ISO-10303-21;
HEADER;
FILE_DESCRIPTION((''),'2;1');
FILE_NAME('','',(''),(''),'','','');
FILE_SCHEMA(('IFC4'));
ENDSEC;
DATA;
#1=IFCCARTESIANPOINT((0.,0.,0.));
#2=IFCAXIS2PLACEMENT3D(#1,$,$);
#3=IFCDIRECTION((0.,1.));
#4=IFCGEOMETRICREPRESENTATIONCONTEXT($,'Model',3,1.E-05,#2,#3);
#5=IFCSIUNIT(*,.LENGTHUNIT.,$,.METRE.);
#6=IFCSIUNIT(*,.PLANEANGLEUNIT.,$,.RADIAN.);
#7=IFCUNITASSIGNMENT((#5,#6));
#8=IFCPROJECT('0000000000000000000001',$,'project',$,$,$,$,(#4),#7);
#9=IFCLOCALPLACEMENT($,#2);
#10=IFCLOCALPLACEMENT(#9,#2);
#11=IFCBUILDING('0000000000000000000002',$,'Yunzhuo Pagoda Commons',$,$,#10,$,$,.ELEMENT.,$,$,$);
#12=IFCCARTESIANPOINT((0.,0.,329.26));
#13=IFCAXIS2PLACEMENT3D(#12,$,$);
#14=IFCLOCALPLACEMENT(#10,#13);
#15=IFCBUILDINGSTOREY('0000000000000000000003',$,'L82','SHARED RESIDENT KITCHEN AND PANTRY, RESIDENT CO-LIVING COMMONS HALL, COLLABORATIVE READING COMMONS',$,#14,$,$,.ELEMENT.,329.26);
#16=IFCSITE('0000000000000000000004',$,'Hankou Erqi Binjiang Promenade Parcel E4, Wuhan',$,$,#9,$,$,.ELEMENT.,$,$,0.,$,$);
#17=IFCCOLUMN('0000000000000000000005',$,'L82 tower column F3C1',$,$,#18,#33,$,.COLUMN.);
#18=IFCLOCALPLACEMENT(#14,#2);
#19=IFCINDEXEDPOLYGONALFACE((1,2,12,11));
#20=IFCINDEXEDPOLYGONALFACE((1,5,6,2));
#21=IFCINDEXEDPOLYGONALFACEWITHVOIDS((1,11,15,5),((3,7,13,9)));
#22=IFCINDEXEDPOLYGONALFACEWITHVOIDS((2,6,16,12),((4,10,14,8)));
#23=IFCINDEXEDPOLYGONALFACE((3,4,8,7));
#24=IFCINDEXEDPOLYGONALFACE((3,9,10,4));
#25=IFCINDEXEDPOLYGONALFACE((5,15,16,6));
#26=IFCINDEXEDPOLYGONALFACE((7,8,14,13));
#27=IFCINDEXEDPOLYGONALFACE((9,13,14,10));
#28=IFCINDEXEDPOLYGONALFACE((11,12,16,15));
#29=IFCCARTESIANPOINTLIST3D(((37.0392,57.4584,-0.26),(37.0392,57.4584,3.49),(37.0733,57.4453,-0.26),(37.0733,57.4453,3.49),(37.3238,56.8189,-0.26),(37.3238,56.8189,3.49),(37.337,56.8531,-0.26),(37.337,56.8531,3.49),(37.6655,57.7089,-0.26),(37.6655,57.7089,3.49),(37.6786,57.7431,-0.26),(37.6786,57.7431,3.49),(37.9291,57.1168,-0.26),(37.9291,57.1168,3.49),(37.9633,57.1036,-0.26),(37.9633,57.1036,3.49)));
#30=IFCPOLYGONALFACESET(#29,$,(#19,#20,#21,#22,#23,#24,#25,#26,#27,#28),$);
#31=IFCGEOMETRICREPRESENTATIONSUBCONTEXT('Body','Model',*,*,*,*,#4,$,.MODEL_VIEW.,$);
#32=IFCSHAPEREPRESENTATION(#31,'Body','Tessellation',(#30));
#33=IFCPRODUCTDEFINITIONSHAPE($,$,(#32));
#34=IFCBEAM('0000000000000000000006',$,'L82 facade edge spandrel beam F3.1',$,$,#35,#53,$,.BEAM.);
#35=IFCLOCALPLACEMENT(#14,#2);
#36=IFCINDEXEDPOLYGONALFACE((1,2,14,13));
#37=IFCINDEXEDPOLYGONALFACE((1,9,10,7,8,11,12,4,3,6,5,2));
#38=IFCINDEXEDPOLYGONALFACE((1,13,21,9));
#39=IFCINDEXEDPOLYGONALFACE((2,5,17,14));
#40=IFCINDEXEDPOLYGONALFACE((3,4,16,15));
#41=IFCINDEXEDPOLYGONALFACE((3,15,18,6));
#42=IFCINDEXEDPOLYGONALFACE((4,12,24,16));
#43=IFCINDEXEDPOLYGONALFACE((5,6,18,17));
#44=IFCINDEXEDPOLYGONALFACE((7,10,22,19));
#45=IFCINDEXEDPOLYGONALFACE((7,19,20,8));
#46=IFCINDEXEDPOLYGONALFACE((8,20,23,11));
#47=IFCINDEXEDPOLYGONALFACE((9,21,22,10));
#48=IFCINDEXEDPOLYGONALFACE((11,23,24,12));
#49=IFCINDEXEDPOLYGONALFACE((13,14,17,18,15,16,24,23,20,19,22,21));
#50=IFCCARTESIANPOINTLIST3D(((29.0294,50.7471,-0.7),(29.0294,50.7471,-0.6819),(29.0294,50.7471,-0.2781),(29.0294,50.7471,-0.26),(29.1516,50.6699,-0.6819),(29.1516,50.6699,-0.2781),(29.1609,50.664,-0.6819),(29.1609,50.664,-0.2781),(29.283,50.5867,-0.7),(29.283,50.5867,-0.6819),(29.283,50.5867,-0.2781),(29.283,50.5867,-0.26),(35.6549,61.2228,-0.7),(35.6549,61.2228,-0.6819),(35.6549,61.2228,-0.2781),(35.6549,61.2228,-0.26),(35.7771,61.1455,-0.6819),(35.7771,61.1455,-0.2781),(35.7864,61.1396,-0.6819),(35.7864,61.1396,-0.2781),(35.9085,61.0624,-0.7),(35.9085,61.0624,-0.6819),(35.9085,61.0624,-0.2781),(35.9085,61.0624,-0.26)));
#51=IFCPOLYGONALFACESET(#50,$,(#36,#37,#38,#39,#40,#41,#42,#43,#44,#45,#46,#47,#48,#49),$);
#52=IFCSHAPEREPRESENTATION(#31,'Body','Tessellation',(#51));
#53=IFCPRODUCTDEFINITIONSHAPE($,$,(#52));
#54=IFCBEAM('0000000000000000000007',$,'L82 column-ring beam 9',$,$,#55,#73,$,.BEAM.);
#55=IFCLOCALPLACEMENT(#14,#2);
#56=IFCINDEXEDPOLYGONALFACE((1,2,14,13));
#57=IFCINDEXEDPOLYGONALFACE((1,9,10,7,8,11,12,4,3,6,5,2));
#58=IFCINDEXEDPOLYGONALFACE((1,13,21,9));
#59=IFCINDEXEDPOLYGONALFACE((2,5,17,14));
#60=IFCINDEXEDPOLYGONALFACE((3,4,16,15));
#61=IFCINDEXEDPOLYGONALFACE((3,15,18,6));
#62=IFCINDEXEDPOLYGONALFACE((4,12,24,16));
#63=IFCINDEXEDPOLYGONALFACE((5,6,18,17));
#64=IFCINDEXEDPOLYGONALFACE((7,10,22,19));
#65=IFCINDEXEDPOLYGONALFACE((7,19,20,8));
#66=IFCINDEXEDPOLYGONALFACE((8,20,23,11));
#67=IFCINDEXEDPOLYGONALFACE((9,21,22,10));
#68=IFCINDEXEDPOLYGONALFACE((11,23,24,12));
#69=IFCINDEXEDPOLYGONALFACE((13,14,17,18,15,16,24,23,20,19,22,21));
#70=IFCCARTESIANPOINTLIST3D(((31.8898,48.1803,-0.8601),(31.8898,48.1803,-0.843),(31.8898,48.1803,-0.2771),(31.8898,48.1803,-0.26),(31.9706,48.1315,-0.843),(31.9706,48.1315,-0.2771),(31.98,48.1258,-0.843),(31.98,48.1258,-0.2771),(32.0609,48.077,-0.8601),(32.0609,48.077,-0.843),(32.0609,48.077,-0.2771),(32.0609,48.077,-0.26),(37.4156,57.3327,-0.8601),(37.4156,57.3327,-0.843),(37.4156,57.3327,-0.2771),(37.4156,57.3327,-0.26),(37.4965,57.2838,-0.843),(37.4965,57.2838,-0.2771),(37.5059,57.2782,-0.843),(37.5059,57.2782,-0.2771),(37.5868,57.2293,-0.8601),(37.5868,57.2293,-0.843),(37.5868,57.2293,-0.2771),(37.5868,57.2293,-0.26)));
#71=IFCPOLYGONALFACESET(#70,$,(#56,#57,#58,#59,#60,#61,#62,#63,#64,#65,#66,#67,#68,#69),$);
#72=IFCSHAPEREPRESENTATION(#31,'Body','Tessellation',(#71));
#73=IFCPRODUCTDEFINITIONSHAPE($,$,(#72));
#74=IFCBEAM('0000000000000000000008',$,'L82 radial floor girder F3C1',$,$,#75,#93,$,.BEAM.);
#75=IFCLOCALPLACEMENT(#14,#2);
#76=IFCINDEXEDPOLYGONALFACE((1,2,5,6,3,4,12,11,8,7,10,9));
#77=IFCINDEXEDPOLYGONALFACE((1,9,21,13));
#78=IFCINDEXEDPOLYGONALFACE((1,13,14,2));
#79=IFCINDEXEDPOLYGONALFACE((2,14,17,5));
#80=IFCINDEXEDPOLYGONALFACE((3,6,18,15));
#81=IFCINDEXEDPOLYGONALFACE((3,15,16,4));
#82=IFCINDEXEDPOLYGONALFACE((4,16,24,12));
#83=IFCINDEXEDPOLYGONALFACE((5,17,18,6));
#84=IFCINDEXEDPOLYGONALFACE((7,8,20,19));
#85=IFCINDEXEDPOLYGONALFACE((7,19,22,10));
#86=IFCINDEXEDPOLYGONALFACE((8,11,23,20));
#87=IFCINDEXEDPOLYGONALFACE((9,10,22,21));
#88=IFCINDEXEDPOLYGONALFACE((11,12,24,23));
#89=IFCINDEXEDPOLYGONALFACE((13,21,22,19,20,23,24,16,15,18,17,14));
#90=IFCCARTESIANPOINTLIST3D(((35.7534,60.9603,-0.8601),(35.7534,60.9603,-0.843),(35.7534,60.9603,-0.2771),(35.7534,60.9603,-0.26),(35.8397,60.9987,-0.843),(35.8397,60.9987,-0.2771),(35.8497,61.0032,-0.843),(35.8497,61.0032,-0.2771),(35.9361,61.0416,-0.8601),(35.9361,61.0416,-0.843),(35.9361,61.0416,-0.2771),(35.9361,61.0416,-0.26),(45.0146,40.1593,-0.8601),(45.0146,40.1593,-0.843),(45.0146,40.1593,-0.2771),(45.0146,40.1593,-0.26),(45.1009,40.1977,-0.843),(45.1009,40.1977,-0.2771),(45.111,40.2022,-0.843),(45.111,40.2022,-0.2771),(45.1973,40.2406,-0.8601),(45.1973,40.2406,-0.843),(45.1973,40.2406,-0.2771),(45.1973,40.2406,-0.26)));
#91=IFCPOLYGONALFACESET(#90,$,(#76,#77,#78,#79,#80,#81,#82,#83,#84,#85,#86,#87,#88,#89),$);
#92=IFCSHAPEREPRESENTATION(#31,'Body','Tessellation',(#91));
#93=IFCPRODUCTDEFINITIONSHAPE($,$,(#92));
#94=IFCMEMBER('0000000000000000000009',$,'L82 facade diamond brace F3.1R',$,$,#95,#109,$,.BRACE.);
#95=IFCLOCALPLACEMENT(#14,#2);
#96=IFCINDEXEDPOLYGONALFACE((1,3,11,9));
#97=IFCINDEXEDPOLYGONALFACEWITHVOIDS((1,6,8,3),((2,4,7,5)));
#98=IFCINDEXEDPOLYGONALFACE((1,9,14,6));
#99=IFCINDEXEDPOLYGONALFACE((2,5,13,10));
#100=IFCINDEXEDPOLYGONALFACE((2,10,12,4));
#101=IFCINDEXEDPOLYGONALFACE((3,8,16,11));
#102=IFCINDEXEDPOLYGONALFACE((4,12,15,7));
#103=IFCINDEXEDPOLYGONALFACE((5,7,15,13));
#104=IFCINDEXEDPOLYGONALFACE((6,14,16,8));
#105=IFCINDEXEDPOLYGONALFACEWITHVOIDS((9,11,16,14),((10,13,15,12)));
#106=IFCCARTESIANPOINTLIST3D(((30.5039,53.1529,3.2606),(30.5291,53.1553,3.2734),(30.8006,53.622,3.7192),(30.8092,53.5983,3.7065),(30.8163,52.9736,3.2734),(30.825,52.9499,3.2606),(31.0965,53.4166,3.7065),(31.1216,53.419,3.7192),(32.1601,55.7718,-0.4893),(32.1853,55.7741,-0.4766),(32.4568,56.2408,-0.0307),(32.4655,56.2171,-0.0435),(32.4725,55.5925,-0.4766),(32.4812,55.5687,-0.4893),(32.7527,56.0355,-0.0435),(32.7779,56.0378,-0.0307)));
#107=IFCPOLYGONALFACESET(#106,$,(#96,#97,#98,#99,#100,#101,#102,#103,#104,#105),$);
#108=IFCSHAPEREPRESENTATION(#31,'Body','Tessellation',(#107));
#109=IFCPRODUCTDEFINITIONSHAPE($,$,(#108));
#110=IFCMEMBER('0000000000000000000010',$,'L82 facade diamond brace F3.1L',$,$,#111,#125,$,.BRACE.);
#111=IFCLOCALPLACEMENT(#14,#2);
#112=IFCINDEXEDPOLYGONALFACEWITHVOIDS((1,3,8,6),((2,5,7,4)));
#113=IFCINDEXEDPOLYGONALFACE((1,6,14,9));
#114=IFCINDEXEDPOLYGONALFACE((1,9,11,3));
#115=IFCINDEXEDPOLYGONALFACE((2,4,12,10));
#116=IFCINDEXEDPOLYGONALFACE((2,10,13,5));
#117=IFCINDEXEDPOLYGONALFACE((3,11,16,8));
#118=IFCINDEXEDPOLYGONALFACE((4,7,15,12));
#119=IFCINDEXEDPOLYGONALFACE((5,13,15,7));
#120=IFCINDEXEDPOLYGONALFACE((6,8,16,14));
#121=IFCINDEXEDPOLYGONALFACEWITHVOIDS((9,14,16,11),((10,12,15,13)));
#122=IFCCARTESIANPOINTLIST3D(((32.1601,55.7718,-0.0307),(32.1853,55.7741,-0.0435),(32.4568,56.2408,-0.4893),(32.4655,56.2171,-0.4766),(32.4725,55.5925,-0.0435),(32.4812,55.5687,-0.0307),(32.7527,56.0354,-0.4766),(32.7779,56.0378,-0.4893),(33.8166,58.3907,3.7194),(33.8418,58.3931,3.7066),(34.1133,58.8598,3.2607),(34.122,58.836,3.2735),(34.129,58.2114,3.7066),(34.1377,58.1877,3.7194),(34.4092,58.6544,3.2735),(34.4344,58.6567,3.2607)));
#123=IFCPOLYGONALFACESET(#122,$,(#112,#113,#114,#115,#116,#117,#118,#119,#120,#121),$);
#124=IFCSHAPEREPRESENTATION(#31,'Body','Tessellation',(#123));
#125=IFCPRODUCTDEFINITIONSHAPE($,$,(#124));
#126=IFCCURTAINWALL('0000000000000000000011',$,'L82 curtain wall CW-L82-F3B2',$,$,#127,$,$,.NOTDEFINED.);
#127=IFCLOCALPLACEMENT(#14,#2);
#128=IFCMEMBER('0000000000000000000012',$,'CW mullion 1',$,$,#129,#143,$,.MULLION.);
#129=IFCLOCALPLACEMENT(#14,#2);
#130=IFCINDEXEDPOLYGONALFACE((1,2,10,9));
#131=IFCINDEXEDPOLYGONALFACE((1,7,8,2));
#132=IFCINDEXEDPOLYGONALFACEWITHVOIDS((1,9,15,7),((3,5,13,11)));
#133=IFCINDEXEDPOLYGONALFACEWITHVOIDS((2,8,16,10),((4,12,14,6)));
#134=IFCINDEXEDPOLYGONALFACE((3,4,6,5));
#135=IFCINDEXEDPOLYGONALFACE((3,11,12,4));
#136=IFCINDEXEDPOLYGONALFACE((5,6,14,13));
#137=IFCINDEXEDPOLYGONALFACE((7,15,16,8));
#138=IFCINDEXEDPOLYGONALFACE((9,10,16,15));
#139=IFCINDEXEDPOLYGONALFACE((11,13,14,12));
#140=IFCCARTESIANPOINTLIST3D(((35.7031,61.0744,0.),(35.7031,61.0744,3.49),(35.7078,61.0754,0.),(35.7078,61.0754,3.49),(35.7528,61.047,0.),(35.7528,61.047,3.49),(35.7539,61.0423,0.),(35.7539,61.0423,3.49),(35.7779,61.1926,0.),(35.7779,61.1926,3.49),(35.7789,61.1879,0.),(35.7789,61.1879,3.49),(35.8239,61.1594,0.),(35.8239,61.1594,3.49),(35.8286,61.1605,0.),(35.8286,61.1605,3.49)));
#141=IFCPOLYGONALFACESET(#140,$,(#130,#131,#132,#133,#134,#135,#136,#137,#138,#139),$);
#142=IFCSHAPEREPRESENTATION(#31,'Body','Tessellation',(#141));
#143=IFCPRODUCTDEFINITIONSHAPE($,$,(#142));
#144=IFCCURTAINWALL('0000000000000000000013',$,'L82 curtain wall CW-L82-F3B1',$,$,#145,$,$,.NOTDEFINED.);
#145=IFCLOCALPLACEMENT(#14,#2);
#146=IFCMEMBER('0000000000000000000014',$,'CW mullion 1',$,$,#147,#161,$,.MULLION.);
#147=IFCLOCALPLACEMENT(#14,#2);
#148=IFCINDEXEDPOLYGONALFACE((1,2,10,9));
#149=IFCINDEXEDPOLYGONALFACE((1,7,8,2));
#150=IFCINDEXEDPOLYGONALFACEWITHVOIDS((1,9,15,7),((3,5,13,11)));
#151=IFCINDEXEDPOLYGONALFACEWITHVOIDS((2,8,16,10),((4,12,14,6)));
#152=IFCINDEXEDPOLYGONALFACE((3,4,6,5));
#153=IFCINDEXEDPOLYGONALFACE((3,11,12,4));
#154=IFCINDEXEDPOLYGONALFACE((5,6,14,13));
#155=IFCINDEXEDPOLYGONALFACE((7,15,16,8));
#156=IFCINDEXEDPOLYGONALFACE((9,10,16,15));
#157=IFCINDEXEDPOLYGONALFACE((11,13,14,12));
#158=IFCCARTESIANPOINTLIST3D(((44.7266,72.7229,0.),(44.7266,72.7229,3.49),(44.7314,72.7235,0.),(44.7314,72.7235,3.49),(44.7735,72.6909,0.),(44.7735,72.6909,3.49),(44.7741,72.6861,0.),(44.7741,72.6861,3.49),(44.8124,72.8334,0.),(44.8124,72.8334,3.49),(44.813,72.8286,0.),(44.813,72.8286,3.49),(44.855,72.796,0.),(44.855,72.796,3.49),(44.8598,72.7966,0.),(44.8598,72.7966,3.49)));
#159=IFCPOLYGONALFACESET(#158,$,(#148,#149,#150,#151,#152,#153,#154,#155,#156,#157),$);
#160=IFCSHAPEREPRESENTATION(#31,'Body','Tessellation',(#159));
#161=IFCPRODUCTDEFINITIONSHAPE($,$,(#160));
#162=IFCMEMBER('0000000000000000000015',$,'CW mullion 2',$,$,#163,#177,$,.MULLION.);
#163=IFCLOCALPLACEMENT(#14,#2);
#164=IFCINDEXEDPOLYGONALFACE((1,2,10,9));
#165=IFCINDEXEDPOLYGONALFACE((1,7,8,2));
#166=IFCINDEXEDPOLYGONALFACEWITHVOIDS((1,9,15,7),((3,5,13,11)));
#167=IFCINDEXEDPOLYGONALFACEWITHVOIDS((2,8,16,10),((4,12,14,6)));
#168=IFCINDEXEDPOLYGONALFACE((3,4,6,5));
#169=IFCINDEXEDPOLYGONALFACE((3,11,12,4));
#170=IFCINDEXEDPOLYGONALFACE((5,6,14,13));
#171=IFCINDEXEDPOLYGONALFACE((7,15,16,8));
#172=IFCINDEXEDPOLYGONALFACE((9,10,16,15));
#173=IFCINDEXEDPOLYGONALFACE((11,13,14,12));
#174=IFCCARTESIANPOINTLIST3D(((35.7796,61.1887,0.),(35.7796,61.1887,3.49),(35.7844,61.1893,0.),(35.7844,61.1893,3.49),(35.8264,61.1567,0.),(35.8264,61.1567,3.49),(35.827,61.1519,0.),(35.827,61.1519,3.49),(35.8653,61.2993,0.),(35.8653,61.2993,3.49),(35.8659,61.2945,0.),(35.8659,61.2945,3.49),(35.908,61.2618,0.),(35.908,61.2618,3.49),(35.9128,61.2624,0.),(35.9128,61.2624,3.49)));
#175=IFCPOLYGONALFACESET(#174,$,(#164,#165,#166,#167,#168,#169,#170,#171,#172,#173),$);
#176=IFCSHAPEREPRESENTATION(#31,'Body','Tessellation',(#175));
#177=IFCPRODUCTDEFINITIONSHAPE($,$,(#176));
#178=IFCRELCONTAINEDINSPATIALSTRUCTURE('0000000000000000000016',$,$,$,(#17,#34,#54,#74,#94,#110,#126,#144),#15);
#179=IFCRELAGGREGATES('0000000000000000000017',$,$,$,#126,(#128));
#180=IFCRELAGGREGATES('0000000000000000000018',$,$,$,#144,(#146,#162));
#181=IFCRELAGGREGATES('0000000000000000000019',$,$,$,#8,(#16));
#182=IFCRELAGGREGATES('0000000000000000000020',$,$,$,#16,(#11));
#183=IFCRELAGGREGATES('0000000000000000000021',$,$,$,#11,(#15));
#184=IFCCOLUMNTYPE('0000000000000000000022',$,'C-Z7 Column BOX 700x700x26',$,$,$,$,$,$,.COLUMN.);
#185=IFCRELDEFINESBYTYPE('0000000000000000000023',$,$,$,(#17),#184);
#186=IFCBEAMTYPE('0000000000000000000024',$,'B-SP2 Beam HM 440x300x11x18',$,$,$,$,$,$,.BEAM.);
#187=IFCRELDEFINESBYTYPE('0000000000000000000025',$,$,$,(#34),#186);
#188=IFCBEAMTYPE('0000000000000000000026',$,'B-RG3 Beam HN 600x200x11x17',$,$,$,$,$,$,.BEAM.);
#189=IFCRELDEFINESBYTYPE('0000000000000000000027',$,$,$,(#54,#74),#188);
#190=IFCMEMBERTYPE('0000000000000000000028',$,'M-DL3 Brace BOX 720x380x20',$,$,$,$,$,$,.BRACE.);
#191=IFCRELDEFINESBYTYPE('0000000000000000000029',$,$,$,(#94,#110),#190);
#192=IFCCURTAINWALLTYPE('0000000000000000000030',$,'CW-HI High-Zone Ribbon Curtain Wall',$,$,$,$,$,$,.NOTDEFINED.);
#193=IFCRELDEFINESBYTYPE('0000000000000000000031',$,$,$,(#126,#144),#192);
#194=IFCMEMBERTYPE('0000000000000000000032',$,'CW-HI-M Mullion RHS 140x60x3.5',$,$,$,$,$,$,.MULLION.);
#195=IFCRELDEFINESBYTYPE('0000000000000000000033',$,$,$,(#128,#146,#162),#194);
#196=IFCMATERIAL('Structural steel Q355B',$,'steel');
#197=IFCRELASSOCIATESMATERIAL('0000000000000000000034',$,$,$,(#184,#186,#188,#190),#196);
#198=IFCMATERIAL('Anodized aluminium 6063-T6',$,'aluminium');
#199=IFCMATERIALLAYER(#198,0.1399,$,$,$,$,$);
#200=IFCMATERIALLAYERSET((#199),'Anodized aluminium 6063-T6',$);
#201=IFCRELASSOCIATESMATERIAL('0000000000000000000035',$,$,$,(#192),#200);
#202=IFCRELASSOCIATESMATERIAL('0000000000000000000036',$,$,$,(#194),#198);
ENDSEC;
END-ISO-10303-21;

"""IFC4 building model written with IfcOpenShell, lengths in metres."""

from ifc_helpers import new_model, si_unit, direction, frame, origin, origin_2d, place, context, subcontext, project, spatial, hollow_rectangle, i_section, extrude, source, transform, mapped, material, layer, layer_set, material_profile, profile_set, type_object, element, aggregate, save


model = new_model("IFC4")

# Units and contexts
model_context = context("Model", 3, precision=1e-05, world=origin(), true_north=direction((0.0, 1.0)))
body_context = subcontext(model_context, "Body", "Model", "MODEL_VIEW")
ifc_project = project(units=[si_unit("LENGTHUNIT", "METRE"), si_unit("PLANEANGLEUNIT", "RADIAN")], contexts=[model_context])

# Site, building, storey
site_placement = place(None, origin())
site = spatial("IfcSite", under=ifc_project, at=site_placement, Name="Hankou Erqi Binjiang Promenade Parcel E4, Wuhan", CompositionType="ELEMENT", RefElevation=0.0)
building_placement = place(site_placement, origin())
building = spatial("IfcBuilding", under=site, at=building_placement, Name="Yunzhuo Pagoda Commons", CompositionType="ELEMENT")
storey_placement = place(building_placement, frame((0.0, 0.0, 329.26)))
storey = spatial("IfcBuildingStorey", under=building, at=storey_placement, Name="L82", Description="SHARED RESIDENT KITCHEN AND PANTRY, RESIDENT CO-LIVING COMMONS HALL, COLLABORATIVE READING COMMONS", CompositionType="ELEMENT", Elevation=329.26)

# Column
ifc_material_1 = material(Name="Structural steel Q355B", Category="steel")
ifc_material_profile_1 = material_profile(ifc_material_1, hollow_rectangle(XDim=0.7, YDim=0.7, WallThickness=0.0259, at=origin_2d()), Name="Structural steel Q355B")
ifc_profile_set_1 = profile_set([ifc_material_profile_1], Name="Structural steel Q355B")
column_type = type_object("IfcColumnType", Name="C-Z7 Column BOX 700x700x26", PredefinedType="COLUMN", material=ifc_profile_set_1)
shared_shape_1 = source(origin(), body_context, "Body", "SweptSolid", [
    extrude(hollow_rectangle(XDim=0.7, YDim=0.7, WallThickness=0.0259, at=origin_2d()), origin(), (0.0, 0.0, 1.0), 3.75),
])
column_placement = place(storey_placement, frame((37.5012, 57.281, -0.26), z_axis=(0.0, 0.0, 1.0), x_axis=(-0.913545, -0.406737, 0.0)))
element("IfcColumn", 1, at=column_placement, inside=storey, type_object=column_type, Name="L82 tower column F3C1", PredefinedType="COLUMN", context=body_context, shape_type="MappedRepresentation", body=[
    mapped(shared_shape_1, transform((0.0, 0.0, 0.0), scale=1.0)),
])

# Beams
ifc_material_profile_2 = material_profile(ifc_material_1, i_section(OverallWidth=0.3, OverallDepth=0.4399, WebThickness=0.011, FlangeThickness=0.0181, at=origin_2d()), Name="Structural steel Q355B")
ifc_profile_set_2 = profile_set([ifc_material_profile_2], Name="Structural steel Q355B")
beam_type_1 = type_object("IfcBeamType", Name="B-SP2 Beam HM 440x300x11x18", PredefinedType="BEAM", material=ifc_profile_set_2)
shared_shape_2 = source(origin(), body_context, "Body", "SweptSolid", [
    extrude(i_section(OverallWidth=0.3, OverallDepth=0.4399, WebThickness=0.011, FlangeThickness=0.0181, at=origin_2d()), origin(), (0.0, 0.0, 1.0), 12.395),
])
beam_1_placement = place(storey_placement, frame((35.7817, 61.1426, -0.48), z_axis=(-0.534531, -0.845149, 0.0), x_axis=(0.845149, -0.534531, 0.0)))
element("IfcBeam", 2, at=beam_1_placement, inside=storey, type_object=beam_type_1, Name="L82 facade edge spandrel beam F3.1", PredefinedType="BEAM", context=body_context, shape_type="MappedRepresentation", body=[
    mapped(shared_shape_2, transform((0.0, 0.0, 0.0), scale=1.0)),
])
ifc_material_profile_3 = material_profile(ifc_material_1, i_section(OverallWidth=0.2, OverallDepth=0.6001, WebThickness=0.011, FlangeThickness=0.0171, at=origin_2d()), Name="Structural steel Q355B")
ifc_profile_set_3 = profile_set([ifc_material_profile_3], Name="Structural steel Q355B")
beam_type_2 = type_object("IfcBeamType", Name="B-RG3 Beam HN 600x200x11x17", PredefinedType="BEAM", material=ifc_profile_set_3)
shared_shape_3 = source(origin(), body_context, "Body", "SweptSolid", [
    extrude(i_section(OverallWidth=0.2, OverallDepth=0.6001, WebThickness=0.011, FlangeThickness=0.0171, at=origin_2d()), origin(), (0.0, 0.0, 1.0), 10.6912),
])
beam_2_placement = place(storey_placement, frame((37.5012, 57.281, -0.5601), z_axis=(-0.516865, -0.856067, 0.0), x_axis=(0.856067, -0.516865, 0.0)))
element("IfcBeam", 3, at=beam_2_placement, inside=storey, type_object=beam_type_2, Name="L82 column-ring beam 9", PredefinedType="BEAM", context=body_context, shape_type="MappedRepresentation", body=[
    mapped(shared_shape_3, transform((0.0, 0.0, 0.0), scale=1.0)),
])
shared_shape_4 = source(origin(), body_context, "Body", "SweptSolid", [
    extrude(i_section(OverallWidth=0.2, OverallDepth=0.6001, WebThickness=0.011, FlangeThickness=0.0171, at=origin_2d()), origin(), (0.0, 0.0, 1.0), 22.7695),
])
beam_3_placement = place(storey_placement, frame((35.8447, 61.001, -0.5601), z_axis=(0.406737, -0.913545, 0.0), x_axis=(0.913545, 0.406737, 0.0)))
element("IfcBeam", 4, at=beam_3_placement, inside=storey, type_object=beam_type_2, Name="L82 radial floor girder F3C1", PredefinedType="BEAM", context=body_context, shape_type="MappedRepresentation", body=[
    mapped(shared_shape_4, transform((0.0, 0.0, 0.0), scale=1.0)),
])

# Members
ifc_material_profile_4 = material_profile(ifc_material_1, hollow_rectangle(XDim=0.3799, YDim=0.72, WallThickness=0.02, at=origin_2d()), Name="Structural steel Q355B")
ifc_profile_set_4 = profile_set([ifc_material_profile_4], Name="Structural steel Q355B")
member_type_1 = type_object("IfcMemberType", Name="M-DL3 Brace BOX 720x380x20", PredefinedType="BRACE", material=ifc_profile_set_4)
shared_shape_5 = source(origin(), body_context, "Body", "SweptSolid", [
    extrude(hollow_rectangle(XDim=0.3799, YDim=0.72, WallThickness=0.02, at=origin_2d()), origin(), (0.0, 0.0, 1.0), 4.8645),
])
member_1_placement = place(storey_placement, frame((32.469, 55.9048, -0.26), z_axis=(-0.34047, -0.538359, 0.770876), x_axis=(0.845167, -0.534503, 0.0)))
element("IfcMember", 5, at=member_1_placement, inside=storey, type_object=member_type_1, Name="L82 facade diamond brace F3.1R", PredefinedType="BRACE", context=body_context, shape_type="MappedRepresentation", body=[
    mapped(shared_shape_5, transform((0.0, 0.0, 0.0), scale=1.0)),
])
shared_shape_6 = source(origin(), body_context, "Body", "SweptSolid", [
    extrude(hollow_rectangle(XDim=0.3799, YDim=0.72, WallThickness=0.02, at=origin_2d()), origin(), (0.0, 0.0, 1.0), 4.8647),
])
member_2_placement = place(storey_placement, frame((32.469, 55.9048, -0.26), z_axis=(0.340515, 0.538349, 0.770863), x_axis=(-0.845131, 0.534559, 0.0)))
element("IfcMember", 6, at=member_2_placement, inside=storey, type_object=member_type_1, Name="L82 facade diamond brace F3.1L", PredefinedType="BRACE", context=body_context, shape_type="MappedRepresentation", body=[
    mapped(shared_shape_6, transform((0.0, 0.0, 0.0), scale=1.0)),
])

# Curtain wall, member
ifc_material_2 = material(Name="Anodized aluminium 6063-T6", Category="aluminium")
ifc_layer_1 = layer(ifc_material_2, 0.1399)
ifc_layer_set_1 = layer_set([ifc_layer_1], Name="Anodized aluminium 6063-T6")
curtain_wall_type = type_object("IfcCurtainWallType", Name="CW-HI High-Zone Ribbon Curtain Wall", PredefinedType="NOTDEFINED", material=ifc_layer_set_1)
curtain_wall_1_placement = place(storey_placement, origin())
curtain_wall_1 = element("IfcCurtainWall", 7, at=curtain_wall_1_placement, inside=storey, type_object=curtain_wall_type, Name="L82 curtain wall CW-L82-F3B2", PredefinedType="NOTDEFINED")
ifc_material_profile_5 = material_profile(ifc_material_2, hollow_rectangle(XDim=0.0601, YDim=0.1399, WallThickness=0.0034, at=origin_2d()), Name="Anodized aluminium 6063-T6")
ifc_profile_set_5 = profile_set([ifc_material_profile_5], Name="Anodized aluminium 6063-T6")
member_type_2 = type_object("IfcMemberType", Name="CW-HI-M Mullion RHS 140x60x3.5", PredefinedType="MULLION", material=ifc_profile_set_5)
shared_shape_7 = source(origin(), body_context, "Body", "SweptSolid", [
    extrude(hollow_rectangle(XDim=0.0601, YDim=0.1399, WallThickness=0.0034, at=origin_2d()), origin(), (0.0, 0.0, 1.0), 3.49),
])
member_3_placement = place(storey_placement, frame((35.7659, 61.1174, 0.0), z_axis=(0.0, 0.0, 1.0), x_axis=(0.845149, -0.534531, 0.0)))
member_3 = element("IfcMember", 8, at=member_3_placement, type_object=member_type_2, Name="CW mullion 1", PredefinedType="MULLION", context=body_context, shape_type="MappedRepresentation", body=[
    mapped(shared_shape_7, transform((0.0, 0.0, 0.0), scale=1.0)),
])

# Curtain wall, members
curtain_wall_2_placement = place(storey_placement, origin())
curtain_wall_2 = element("IfcCurtainWall", 9, at=curtain_wall_2_placement, inside=storey, type_object=curtain_wall_type, Name="L82 curtain wall CW-L82-F3B1", PredefinedType="NOTDEFINED")
member_4_placement = place(storey_placement, frame((44.7932, 72.7598, 0.0), z_axis=(0.0, 0.0, 1.0), x_axis=(0.790147, -0.612918, 0.0)))
member_4 = element("IfcMember", 10, at=member_4_placement, type_object=member_type_2, Name="CW mullion 1", PredefinedType="MULLION", context=body_context, shape_type="MappedRepresentation", body=[
    mapped(shared_shape_7, transform((0.0, 0.0, 0.0), scale=1.0)),
])
member_5_placement = place(storey_placement, frame((35.8462, 61.2256, 0.0), z_axis=(0.0, 0.0, 1.0), x_axis=(0.790147, -0.612918, 0.0)))
member_5 = element("IfcMember", 11, at=member_5_placement, type_object=member_type_2, Name="CW mullion 2", PredefinedType="MULLION", context=body_context, shape_type="MappedRepresentation", body=[
    mapped(shared_shape_7, transform((0.0, 0.0, 0.0), scale=1.0)),
])

aggregate(curtain_wall_1, [member_3])

aggregate(curtain_wall_2, [member_4, member_5])

save(model, "model.ifc")
